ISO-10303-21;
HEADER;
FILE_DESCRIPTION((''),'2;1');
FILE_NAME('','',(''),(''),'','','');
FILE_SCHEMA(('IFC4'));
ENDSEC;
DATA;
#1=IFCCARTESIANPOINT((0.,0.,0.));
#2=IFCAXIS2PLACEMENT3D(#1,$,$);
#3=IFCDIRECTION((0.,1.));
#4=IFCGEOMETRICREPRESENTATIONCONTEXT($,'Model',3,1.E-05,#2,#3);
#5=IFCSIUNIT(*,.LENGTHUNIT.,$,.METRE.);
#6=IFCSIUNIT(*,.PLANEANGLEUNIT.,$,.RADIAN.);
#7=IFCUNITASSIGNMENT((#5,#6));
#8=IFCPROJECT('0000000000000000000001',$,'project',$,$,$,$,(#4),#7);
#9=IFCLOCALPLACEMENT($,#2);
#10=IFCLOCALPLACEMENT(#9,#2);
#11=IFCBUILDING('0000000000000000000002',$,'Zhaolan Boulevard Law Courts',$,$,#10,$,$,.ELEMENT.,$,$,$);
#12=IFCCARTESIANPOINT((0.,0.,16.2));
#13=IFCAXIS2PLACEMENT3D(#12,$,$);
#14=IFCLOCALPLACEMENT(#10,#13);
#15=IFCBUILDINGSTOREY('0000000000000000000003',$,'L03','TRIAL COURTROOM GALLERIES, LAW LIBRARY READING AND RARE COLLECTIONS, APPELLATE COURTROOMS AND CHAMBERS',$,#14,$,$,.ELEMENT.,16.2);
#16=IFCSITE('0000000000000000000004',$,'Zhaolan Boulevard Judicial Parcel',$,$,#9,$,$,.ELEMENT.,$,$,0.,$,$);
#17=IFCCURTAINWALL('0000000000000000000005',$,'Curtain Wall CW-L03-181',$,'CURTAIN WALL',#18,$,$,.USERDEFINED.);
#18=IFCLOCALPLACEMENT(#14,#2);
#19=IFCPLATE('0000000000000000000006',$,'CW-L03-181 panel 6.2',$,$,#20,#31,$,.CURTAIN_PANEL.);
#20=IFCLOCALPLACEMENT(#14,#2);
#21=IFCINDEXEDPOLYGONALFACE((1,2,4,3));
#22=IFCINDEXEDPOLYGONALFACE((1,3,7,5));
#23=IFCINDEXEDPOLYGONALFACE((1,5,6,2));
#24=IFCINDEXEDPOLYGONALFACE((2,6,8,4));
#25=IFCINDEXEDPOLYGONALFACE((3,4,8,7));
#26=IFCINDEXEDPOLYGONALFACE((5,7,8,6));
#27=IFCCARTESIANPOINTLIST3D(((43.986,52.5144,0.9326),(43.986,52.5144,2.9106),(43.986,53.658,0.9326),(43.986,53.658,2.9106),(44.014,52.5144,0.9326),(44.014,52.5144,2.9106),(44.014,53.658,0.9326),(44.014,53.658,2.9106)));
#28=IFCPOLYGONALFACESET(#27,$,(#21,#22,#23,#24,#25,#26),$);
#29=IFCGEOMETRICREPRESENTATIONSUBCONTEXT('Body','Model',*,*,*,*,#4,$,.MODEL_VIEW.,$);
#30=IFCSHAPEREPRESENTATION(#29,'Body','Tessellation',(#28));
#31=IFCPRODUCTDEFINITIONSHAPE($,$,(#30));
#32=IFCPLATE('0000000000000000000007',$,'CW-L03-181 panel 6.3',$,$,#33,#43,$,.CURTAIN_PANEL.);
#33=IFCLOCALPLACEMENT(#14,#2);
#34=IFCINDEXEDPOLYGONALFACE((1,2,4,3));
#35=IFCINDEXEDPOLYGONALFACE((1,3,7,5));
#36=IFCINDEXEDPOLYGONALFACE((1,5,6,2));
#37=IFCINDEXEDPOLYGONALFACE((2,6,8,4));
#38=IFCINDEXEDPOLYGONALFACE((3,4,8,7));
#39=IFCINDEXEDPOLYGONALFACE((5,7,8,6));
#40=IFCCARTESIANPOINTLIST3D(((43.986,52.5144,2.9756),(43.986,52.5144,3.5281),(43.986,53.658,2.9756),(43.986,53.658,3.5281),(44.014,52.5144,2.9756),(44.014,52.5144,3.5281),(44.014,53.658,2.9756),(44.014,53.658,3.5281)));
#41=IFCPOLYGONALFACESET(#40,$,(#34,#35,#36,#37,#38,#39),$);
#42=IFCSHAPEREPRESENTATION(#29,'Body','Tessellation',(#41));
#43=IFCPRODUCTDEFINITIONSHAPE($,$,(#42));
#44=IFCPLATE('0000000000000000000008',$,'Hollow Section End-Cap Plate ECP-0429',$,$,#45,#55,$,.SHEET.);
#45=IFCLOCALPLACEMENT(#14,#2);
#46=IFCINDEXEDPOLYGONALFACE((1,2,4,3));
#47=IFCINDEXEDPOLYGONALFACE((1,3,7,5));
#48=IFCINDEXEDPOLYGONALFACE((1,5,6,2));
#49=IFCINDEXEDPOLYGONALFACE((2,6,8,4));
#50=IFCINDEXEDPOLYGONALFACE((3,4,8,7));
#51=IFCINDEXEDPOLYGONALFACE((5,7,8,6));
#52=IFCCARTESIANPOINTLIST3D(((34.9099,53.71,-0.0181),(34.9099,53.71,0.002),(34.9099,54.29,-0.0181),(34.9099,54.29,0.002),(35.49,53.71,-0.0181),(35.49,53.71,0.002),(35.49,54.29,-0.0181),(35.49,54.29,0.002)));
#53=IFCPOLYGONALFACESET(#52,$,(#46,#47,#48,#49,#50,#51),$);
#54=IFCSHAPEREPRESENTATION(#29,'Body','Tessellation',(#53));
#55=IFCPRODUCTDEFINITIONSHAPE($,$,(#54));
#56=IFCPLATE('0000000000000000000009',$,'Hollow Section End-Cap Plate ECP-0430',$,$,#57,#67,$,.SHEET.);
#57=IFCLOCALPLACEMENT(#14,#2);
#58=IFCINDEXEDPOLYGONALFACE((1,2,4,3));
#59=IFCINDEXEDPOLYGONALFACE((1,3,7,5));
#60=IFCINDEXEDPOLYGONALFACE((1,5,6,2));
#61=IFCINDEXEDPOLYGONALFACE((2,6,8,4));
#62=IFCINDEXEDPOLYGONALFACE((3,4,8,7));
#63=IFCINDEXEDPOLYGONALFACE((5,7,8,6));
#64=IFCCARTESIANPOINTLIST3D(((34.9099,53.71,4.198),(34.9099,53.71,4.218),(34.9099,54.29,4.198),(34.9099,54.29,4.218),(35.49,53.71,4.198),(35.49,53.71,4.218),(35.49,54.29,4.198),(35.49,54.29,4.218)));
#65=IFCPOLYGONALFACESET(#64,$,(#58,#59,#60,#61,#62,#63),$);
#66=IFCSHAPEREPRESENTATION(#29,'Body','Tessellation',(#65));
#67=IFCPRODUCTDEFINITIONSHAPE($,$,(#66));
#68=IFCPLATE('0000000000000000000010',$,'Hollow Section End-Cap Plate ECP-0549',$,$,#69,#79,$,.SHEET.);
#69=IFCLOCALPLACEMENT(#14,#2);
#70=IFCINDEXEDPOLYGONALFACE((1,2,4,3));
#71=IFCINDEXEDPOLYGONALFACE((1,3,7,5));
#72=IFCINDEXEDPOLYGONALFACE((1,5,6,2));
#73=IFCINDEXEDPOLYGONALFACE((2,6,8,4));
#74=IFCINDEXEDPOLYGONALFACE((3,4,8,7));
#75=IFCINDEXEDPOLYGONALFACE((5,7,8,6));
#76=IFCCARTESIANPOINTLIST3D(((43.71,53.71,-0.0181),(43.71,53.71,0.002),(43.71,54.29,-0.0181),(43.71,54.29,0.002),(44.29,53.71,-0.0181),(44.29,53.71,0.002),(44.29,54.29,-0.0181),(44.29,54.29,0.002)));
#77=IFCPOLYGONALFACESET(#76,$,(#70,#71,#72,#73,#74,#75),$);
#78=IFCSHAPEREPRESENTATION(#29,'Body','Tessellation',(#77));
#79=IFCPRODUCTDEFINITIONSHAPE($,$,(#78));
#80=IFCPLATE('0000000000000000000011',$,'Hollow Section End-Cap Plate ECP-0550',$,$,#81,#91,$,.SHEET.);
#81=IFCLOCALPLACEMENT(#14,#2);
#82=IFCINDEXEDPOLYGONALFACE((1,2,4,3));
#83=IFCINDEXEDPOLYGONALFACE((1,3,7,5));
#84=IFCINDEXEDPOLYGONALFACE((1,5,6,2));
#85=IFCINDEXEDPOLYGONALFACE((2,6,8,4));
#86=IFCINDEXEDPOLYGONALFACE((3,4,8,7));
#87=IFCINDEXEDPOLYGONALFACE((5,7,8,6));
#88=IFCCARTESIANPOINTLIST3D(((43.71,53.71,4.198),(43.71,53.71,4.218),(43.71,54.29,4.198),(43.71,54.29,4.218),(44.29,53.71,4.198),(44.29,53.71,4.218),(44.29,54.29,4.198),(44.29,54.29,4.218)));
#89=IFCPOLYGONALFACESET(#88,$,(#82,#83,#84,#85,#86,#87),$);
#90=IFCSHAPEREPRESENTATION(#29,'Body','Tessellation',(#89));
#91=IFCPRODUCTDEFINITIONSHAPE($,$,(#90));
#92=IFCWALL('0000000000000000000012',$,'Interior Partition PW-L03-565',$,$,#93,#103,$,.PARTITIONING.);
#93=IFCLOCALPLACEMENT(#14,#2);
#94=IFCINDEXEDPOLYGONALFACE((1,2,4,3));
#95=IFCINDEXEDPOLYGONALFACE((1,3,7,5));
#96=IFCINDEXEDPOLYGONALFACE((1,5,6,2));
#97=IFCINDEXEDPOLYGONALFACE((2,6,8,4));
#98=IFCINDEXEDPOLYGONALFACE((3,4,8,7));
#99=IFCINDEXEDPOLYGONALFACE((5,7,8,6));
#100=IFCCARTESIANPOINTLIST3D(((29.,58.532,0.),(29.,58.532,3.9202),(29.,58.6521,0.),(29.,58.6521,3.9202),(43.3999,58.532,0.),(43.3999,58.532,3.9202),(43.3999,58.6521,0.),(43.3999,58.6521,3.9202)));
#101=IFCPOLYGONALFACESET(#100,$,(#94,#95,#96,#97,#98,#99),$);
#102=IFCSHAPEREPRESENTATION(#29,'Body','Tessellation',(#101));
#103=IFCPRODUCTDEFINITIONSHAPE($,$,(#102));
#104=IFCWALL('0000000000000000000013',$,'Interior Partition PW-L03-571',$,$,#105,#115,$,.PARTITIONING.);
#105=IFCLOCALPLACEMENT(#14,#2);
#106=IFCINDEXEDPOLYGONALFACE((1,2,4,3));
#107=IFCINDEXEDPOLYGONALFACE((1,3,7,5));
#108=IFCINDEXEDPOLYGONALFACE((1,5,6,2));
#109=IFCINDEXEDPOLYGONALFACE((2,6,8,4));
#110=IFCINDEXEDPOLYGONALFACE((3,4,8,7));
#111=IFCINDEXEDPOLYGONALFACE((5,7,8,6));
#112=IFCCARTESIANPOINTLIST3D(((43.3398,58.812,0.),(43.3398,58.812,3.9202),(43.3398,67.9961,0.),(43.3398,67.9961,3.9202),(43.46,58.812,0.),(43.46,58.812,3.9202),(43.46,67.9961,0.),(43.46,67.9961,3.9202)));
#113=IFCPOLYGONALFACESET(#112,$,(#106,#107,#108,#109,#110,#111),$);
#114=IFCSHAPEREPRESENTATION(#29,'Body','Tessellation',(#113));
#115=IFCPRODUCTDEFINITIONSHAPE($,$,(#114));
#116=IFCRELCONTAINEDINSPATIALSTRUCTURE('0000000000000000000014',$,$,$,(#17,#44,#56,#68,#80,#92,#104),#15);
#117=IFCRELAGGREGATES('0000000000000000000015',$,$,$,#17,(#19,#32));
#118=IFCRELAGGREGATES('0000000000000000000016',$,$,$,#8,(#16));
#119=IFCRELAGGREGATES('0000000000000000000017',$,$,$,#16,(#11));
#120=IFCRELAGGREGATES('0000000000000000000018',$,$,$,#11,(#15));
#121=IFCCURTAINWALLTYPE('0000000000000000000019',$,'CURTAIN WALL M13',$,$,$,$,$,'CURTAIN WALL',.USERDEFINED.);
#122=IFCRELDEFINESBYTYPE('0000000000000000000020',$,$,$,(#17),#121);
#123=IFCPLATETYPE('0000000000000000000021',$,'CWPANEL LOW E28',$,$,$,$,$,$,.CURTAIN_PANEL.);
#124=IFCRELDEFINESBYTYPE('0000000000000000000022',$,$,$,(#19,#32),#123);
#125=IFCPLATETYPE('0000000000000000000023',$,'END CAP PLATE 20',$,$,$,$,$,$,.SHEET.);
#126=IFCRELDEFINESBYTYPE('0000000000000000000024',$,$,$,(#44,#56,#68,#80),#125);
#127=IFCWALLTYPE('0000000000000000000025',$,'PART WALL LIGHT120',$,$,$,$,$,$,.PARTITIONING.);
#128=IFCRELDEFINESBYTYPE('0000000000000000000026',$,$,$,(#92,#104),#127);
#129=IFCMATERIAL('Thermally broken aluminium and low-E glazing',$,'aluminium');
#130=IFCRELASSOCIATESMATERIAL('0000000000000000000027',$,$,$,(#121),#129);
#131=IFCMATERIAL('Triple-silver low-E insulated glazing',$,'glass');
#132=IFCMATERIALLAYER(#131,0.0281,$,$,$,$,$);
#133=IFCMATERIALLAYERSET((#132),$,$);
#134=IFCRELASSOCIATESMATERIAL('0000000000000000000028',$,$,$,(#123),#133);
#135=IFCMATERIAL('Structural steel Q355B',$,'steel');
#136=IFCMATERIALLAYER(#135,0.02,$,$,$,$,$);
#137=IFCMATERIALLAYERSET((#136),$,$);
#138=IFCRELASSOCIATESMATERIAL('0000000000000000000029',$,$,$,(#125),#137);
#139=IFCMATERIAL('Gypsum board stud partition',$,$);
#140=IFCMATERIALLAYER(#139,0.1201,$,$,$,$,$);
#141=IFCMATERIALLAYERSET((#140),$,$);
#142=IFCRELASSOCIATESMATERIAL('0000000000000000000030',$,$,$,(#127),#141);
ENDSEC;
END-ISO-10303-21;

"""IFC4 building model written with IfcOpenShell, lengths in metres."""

from ifc_helpers import new_model, si_unit, direction, frame, frame_2d, origin, origin_2d, place, context, subcontext, project, spatial, rectangle, extrude, material, layer, layer_set, type_object, element, aggregate, save


model = new_model("IFC4")

# Units and contexts
model_context = context("Model", 3, precision=1e-05, world=origin(), true_north=direction((0.0, 1.0)))
body_context = subcontext(model_context, "Body", "Model", "MODEL_VIEW")
ifc_project = project(units=[si_unit("LENGTHUNIT", "METRE"), si_unit("PLANEANGLEUNIT", "RADIAN")], contexts=[model_context])

# Site, building, storey
site_placement = place(None, origin())
site = spatial("IfcSite", under=ifc_project, at=site_placement, Name="Zhaolan Boulevard Judicial Parcel", CompositionType="ELEMENT", RefElevation=0.0)
building_placement = place(site_placement, origin())
building = spatial("IfcBuilding", under=site, at=building_placement, Name="Zhaolan Boulevard Law Courts", CompositionType="ELEMENT")
storey_placement = place(building_placement, frame((0.0, 0.0, 16.2)))
storey = spatial("IfcBuildingStorey", under=building, at=storey_placement, Name="L03", Description="TRIAL COURTROOM GALLERIES, LAW LIBRARY READING AND RARE COLLECTIONS, APPELLATE COURTROOMS AND CHAMBERS", CompositionType="ELEMENT", Elevation=16.2)

# Curtain wall
ifc_material_1 = material(Name="Thermally broken aluminium and low-E glazing", Category="aluminium")
curtain_wall_type_1 = type_object("IfcCurtainWallType", Name="CURTAIN WALL M13", ElementType="CURTAIN WALL", PredefinedType="USERDEFINED", material=ifc_material_1)
curtain_wall_1_placement = place(storey_placement, origin())
curtain_wall_1 = element("IfcCurtainWall", 1, at=curtain_wall_1_placement, inside=storey, type_object=curtain_wall_type_1, Name="Curtain Wall CW-L03-181", ObjectType="CURTAIN WALL", PredefinedType="USERDEFINED")

# Plates
ifc_material_2 = material(Name="Triple-silver low-E insulated glazing", Category="glass")
ifc_layer_1 = layer(ifc_material_2, 0.0281)
ifc_layer_set_1 = layer_set([ifc_layer_1])
plate_type_1 = type_object("IfcPlateType", Name="CWPANEL LOW E28", PredefinedType="CURTAIN_PANEL", material=ifc_layer_set_1)
plate_1_placement = place(storey_placement, frame((44.0, 53.0862, 0.9326), z_axis=(0.0, 0.0, 1.0), x_axis=(0.0, 1.0, 0.0)))
plate_1 = element("IfcPlate", 2, at=plate_1_placement, type_object=plate_type_1, Name="CW-L03-181 panel 6.2", PredefinedType="CURTAIN_PANEL", context=body_context, shape_type="SweptSolid", body=[
    extrude(rectangle(XDim=1.1436, YDim=0.0281, at=origin_2d()), origin(), (0.0, 0.0, 1.0), 1.978),
])
plate_2_placement = place(storey_placement, frame((44.0, 53.0862, 2.9756), z_axis=(0.0, 0.0, 1.0), x_axis=(0.0, 1.0, 0.0)))
plate_2 = element("IfcPlate", 3, at=plate_2_placement, type_object=plate_type_1, Name="CW-L03-181 panel 6.3", PredefinedType="CURTAIN_PANEL", context=body_context, shape_type="SweptSolid", body=[
    extrude(rectangle(XDim=1.1436, YDim=0.0281, at=origin_2d()), origin(), (0.0, 0.0, 1.0), 0.5525),
])
aggregate(curtain_wall_1, [plate_1, plate_2])

# Plates
ifc_material_3 = material(Name="Structural steel Q355B", Category="steel")
ifc_layer_2 = layer(ifc_material_3, 0.02)
ifc_layer_set_2 = layer_set([ifc_layer_2])
plate_type_2 = type_object("IfcPlateType", Name="END CAP PLATE 20", PredefinedType="SHEET", material=ifc_layer_set_2)
for number, where, z_axis, x_axis, name in (
    (4, (35.2, 54.0, -0.0181), (0.0, 0.0, 1.0), (1.0, 0.0, 0.0), "Hollow Section End-Cap Plate ECP-0429"),
    (5, (35.2, 54.0, 4.198), (0.0, 0.0, 1.0), (1.0, 0.0, 0.0), "Hollow Section End-Cap Plate ECP-0430"),
    (6, (44.0, 54.0, -0.0181), (0.0, 0.0, 1.0), (1.0, 0.0, 0.0), "Hollow Section End-Cap Plate ECP-0549"),
    (7, (44.0, 54.0, 4.198), (0.0, 0.0, 1.0), (1.0, 0.0, 0.0), "Hollow Section End-Cap Plate ECP-0550"),
):
    element("IfcPlate", number, at=place(storey_placement, frame(where, z_axis=z_axis, x_axis=x_axis)), inside=storey, type_object=plate_type_2, Name=name, PredefinedType="SHEET", context=body_context, shape_type="SweptSolid", body=[
        extrude(rectangle(XDim=0.5801, YDim=0.5801, at=origin_2d()), origin(), (0.0, 0.0, 1.0), 0.02),
    ])

# Walls
ifc_material_4 = material(Name="Gypsum board stud partition")
ifc_layer_3 = layer(ifc_material_4, 0.1201)
ifc_layer_set_3 = layer_set([ifc_layer_3])
wall_type = type_object("IfcWallType", Name="PART WALL LIGHT120", PredefinedType="PARTITIONING", material=ifc_layer_set_3)
wall_1_placement = place(storey_placement, frame((43.3999, 58.592, 0.0), z_axis=(0.0, 0.0, 1.0), x_axis=(-1.0, 0.0, 0.0)))
element("IfcWall", 8, at=wall_1_placement, inside=storey, type_object=wall_type, Name="Interior Partition PW-L03-565", PredefinedType="PARTITIONING", context=body_context, shape_type="SweptSolid", body=[
    extrude(rectangle(XDim=14.3999, YDim=0.1201, at=frame_2d((7.2, 0.0))), origin(), (0.0, 0.0, 1.0), 3.9202),
])
wall_2_placement = place(storey_placement, frame((43.3999, 58.812, 0.0), z_axis=(0.0, 0.0, 1.0), x_axis=(0.0, 1.0, 0.0)))
element("IfcWall", 9, at=wall_2_placement, inside=storey, type_object=wall_type, Name="Interior Partition PW-L03-571", PredefinedType="PARTITIONING", context=body_context, shape_type="SweptSolid", body=[
    extrude(rectangle(XDim=9.1841, YDim=0.1201, at=frame_2d((4.592, 0.0))), origin(), (0.0, 0.0, 1.0), 3.9202),
])

save(model, "model.ifc")
